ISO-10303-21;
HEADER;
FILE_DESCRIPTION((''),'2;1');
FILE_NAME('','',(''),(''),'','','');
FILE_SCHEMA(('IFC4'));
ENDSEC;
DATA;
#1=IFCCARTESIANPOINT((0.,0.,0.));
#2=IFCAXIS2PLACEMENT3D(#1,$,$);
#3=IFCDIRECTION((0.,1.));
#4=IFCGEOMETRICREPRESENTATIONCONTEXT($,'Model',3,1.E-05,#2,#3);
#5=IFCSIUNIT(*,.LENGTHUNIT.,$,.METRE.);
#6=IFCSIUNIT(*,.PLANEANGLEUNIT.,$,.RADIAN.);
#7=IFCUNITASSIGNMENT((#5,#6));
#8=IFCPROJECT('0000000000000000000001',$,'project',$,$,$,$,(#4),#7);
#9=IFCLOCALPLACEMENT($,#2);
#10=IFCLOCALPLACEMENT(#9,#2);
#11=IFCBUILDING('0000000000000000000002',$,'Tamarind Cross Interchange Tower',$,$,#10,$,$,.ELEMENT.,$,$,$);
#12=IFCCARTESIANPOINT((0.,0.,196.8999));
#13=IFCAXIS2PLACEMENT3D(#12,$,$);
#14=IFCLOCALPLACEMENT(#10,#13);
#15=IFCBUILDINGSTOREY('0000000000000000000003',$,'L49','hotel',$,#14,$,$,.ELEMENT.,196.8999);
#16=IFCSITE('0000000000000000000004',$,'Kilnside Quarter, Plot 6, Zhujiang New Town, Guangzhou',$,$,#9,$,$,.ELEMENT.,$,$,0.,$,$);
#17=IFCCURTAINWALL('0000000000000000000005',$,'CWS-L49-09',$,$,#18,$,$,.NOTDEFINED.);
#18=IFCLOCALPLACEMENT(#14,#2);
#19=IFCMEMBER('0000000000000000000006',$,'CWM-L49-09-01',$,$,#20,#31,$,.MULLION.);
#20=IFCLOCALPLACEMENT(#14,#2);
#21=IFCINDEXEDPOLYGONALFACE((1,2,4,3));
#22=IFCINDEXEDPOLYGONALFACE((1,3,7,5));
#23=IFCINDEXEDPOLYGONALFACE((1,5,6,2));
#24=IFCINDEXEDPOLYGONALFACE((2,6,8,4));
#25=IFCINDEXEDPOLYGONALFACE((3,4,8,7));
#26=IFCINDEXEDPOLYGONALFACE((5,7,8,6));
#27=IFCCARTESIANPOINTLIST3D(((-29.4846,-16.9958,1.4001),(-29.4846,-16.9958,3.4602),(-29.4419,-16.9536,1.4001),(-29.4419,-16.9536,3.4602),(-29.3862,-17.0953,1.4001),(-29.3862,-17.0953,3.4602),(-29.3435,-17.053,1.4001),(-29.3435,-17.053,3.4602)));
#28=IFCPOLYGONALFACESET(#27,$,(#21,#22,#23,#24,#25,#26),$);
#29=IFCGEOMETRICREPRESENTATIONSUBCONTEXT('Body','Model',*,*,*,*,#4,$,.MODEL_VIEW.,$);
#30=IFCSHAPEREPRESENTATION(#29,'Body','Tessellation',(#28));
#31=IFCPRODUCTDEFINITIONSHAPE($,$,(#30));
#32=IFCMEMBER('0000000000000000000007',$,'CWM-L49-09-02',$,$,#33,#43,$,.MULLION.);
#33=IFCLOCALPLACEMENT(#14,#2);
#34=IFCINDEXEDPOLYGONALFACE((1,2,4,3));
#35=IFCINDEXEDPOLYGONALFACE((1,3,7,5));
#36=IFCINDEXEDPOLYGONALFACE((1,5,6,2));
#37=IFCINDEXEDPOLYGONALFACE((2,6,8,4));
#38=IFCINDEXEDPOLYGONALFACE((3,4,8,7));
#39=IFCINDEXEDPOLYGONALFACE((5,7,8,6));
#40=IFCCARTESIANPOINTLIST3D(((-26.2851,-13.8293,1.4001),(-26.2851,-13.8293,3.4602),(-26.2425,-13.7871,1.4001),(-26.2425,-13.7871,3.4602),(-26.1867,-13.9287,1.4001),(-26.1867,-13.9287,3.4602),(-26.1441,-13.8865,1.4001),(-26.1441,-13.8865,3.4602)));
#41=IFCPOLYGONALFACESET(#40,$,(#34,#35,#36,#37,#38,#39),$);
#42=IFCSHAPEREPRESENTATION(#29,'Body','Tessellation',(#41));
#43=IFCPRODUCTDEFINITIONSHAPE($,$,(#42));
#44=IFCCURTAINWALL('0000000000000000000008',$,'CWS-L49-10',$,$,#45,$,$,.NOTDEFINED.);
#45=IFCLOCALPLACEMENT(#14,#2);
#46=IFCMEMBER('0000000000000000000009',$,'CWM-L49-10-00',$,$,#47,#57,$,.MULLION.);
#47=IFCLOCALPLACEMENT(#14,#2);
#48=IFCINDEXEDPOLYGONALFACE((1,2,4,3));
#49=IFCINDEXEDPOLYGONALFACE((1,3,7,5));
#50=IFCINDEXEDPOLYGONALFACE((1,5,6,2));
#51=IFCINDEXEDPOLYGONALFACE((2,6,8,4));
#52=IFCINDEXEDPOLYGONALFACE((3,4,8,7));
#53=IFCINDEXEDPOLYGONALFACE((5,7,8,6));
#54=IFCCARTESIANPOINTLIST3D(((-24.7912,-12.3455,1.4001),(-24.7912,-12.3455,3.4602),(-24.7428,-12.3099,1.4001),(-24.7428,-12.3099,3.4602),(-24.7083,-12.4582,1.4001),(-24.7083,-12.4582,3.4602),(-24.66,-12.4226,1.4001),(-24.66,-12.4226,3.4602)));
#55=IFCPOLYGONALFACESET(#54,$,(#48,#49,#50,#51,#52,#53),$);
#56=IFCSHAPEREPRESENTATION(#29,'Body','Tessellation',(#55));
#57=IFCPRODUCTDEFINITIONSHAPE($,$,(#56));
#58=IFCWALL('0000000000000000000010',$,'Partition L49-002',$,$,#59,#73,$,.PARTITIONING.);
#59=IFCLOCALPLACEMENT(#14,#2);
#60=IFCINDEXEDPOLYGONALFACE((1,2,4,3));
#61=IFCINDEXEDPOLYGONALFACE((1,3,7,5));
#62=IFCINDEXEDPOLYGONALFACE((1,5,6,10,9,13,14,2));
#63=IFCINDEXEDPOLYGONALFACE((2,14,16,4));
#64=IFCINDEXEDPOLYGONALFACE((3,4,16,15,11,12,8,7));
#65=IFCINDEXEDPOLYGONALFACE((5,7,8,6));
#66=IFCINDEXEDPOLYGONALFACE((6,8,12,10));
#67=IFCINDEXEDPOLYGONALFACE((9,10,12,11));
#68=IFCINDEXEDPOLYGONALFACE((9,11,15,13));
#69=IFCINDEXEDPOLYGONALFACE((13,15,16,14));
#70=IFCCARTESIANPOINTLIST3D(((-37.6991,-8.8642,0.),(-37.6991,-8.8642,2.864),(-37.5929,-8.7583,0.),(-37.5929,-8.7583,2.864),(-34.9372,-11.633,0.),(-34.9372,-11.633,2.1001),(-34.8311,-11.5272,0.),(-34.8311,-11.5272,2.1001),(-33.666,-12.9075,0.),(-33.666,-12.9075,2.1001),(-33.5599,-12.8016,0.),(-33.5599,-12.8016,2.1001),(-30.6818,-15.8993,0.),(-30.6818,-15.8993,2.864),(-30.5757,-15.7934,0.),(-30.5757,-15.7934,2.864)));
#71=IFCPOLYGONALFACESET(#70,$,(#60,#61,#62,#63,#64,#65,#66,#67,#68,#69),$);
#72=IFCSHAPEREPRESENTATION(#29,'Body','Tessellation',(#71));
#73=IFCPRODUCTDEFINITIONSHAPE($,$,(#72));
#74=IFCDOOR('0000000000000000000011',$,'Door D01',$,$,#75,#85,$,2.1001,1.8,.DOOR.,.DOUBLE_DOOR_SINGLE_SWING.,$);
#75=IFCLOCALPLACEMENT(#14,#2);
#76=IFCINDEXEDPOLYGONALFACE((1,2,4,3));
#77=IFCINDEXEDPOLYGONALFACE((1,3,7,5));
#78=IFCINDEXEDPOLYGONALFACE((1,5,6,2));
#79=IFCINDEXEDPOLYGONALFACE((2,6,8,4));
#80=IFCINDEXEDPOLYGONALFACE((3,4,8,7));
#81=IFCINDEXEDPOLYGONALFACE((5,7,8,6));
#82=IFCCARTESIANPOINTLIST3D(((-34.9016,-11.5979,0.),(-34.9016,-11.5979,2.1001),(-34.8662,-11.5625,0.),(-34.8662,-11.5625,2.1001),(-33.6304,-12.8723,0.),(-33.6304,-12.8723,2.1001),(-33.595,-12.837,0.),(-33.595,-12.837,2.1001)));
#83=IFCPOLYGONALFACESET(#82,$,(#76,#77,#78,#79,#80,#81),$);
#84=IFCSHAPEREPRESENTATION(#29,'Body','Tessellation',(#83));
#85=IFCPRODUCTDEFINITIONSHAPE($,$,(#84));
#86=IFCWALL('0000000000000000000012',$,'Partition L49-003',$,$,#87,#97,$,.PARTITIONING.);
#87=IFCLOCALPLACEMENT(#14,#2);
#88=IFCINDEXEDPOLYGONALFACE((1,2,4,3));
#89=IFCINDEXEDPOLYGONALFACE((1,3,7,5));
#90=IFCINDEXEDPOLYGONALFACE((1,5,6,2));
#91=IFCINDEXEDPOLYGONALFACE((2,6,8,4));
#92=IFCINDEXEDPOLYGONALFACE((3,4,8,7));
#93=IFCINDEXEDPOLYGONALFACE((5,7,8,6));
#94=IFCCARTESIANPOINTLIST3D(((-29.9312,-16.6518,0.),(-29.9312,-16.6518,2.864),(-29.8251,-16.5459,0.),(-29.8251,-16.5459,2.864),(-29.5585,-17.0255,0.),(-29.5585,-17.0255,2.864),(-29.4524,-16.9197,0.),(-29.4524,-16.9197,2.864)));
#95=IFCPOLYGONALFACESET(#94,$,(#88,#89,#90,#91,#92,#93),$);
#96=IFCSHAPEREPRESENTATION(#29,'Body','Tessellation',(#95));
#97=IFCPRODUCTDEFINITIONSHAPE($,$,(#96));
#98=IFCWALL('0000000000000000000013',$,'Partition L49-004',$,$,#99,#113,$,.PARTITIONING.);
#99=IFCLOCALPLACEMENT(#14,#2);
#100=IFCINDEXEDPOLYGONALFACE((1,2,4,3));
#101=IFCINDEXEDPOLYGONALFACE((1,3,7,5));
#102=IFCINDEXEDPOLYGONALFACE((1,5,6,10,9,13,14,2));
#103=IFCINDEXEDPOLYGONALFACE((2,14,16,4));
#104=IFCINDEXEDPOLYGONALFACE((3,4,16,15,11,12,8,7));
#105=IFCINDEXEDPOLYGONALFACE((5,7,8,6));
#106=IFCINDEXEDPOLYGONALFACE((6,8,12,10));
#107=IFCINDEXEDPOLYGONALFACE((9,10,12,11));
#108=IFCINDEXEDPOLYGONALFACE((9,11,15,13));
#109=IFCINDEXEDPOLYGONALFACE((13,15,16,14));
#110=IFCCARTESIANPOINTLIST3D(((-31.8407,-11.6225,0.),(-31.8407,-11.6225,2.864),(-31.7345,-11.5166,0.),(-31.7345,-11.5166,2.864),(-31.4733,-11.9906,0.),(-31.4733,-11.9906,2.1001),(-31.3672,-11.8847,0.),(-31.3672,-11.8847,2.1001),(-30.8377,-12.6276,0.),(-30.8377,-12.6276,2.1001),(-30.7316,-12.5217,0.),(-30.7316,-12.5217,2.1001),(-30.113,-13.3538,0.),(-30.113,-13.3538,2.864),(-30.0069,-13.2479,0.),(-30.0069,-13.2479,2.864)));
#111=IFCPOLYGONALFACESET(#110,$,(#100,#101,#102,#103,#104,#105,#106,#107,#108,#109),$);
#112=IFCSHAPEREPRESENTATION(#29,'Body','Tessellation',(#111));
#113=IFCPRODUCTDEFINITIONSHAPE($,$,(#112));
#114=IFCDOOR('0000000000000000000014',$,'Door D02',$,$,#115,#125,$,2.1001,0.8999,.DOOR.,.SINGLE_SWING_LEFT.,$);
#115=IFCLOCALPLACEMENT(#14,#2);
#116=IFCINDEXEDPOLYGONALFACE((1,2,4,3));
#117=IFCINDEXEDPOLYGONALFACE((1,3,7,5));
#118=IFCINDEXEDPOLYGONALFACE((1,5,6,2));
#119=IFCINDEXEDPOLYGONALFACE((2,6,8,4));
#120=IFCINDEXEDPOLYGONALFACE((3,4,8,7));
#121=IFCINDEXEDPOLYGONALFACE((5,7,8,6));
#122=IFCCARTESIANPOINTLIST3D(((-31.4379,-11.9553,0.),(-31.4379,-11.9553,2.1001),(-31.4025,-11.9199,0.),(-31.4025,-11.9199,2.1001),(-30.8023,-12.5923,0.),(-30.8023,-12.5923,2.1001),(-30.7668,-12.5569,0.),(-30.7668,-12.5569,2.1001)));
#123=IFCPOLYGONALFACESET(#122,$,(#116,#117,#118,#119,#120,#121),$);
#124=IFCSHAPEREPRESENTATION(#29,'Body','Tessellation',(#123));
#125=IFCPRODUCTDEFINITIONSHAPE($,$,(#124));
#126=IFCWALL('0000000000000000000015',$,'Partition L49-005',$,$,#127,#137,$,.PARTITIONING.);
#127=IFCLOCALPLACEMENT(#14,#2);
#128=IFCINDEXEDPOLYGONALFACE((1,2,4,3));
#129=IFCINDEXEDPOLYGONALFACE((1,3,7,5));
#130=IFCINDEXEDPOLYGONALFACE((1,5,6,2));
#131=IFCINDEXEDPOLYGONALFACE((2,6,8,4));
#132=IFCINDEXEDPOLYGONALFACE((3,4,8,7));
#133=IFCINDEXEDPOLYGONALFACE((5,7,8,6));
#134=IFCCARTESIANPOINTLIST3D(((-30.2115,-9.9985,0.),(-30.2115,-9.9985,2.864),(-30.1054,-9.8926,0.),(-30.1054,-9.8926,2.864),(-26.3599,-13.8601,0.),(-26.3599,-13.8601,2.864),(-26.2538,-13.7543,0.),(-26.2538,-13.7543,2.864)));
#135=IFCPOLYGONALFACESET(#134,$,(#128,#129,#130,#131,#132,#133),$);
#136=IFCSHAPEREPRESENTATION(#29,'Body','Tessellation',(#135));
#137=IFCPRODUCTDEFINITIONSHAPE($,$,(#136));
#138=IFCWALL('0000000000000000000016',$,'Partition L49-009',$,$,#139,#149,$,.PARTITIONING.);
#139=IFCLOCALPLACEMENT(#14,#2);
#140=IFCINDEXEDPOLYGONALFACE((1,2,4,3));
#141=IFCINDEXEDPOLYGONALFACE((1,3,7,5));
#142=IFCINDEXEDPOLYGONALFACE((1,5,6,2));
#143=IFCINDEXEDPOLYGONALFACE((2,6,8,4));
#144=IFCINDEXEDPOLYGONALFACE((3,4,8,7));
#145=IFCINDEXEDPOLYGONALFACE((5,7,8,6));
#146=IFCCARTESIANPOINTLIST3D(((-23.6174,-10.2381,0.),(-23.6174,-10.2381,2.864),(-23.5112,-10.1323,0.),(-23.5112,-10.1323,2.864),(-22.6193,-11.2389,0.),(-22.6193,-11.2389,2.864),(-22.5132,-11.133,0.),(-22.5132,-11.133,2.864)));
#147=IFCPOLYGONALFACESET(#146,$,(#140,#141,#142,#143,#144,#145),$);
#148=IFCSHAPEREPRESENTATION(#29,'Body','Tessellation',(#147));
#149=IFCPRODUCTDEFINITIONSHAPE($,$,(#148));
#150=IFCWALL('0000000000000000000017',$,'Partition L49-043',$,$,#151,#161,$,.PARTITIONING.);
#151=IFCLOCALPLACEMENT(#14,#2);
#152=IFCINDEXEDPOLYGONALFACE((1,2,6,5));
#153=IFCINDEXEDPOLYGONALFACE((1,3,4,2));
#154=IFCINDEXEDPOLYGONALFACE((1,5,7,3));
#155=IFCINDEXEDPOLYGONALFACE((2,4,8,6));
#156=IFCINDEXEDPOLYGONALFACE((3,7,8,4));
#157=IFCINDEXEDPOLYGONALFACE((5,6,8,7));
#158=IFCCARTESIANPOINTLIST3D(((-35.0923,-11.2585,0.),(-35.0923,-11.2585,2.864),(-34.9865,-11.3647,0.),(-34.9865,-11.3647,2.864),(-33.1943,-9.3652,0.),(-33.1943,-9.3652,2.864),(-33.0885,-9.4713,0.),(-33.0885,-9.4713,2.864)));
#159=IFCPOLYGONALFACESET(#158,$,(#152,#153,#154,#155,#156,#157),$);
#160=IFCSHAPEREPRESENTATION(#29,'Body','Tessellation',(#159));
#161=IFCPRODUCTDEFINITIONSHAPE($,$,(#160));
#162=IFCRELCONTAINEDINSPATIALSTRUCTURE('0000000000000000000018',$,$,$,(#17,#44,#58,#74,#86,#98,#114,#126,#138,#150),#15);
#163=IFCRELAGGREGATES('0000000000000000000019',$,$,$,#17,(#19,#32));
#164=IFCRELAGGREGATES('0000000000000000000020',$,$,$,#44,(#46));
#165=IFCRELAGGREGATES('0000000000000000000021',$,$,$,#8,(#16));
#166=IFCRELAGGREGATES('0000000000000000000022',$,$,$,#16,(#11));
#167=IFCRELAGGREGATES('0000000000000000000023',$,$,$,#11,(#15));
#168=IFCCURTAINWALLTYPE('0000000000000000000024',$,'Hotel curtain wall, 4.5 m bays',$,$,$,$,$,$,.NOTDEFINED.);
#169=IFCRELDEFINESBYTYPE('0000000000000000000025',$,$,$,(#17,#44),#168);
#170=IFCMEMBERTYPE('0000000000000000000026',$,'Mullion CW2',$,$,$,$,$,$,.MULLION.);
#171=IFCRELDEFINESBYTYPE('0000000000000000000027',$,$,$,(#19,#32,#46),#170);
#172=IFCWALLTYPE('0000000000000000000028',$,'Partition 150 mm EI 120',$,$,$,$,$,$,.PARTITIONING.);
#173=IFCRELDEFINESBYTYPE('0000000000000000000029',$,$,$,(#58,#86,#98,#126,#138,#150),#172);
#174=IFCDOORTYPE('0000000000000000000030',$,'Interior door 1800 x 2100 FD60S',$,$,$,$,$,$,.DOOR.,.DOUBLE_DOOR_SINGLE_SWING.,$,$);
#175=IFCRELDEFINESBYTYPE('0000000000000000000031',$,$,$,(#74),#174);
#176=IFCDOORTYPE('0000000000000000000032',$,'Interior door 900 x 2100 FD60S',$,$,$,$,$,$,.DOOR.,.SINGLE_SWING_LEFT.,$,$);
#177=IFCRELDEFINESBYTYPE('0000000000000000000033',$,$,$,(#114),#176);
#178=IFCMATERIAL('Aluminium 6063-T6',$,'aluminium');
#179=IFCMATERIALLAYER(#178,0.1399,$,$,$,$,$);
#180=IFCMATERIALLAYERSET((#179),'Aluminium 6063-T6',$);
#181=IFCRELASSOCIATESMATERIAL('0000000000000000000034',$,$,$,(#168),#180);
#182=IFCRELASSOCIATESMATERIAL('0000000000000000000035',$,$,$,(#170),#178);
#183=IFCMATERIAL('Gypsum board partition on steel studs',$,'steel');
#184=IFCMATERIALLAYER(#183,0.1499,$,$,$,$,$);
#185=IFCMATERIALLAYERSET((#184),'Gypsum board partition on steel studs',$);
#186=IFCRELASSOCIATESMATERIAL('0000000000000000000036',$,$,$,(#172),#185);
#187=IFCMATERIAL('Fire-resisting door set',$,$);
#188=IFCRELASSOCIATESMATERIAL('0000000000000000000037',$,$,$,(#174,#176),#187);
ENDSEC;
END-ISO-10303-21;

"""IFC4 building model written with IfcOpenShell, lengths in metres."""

from ifc_helpers import new_model, si_unit, direction, frame, frame_2d, origin, origin_2d, place, context, subcontext, project, spatial, rectangle, extrude, material, layer, layer_set, material_profile, profile_set, type_object, element, fill, aggregate, save


model = new_model("IFC4")

# Units and contexts
model_context = context("Model", 3, precision=1e-05, world=origin(), true_north=direction((0.0, 1.0)))
body_context = subcontext(model_context, "Body", "Model", "MODEL_VIEW")
ifc_project = project(units=[si_unit("LENGTHUNIT", "METRE"), si_unit("PLANEANGLEUNIT", "RADIAN")], contexts=[model_context])

# Site, building, storey
site_placement = place(None, origin())
site = spatial("IfcSite", under=ifc_project, at=site_placement, Name="Kilnside Quarter, Plot 6, Zhujiang New Town, Guangzhou", CompositionType="ELEMENT", RefElevation=0.0)
building_placement = place(site_placement, origin())
building = spatial("IfcBuilding", under=site, at=building_placement, Name="Tamarind Cross Interchange Tower", CompositionType="ELEMENT")
storey_placement = place(building_placement, frame((0.0, 0.0, 196.8999)))
storey = spatial("IfcBuildingStorey", under=building, at=storey_placement, Name="L49", Description="hotel", CompositionType="ELEMENT", Elevation=196.8999)

# Curtain wall, members
ifc_material_1 = material(Name="Aluminium 6063-T6", Category="aluminium")
ifc_layer_1 = layer(ifc_material_1, 0.1399)
ifc_layer_set_1 = layer_set([ifc_layer_1], Name="Aluminium 6063-T6")
curtain_wall_type = type_object("IfcCurtainWallType", Name="Hotel curtain wall, 4.5 m bays", PredefinedType="NOTDEFINED", material=ifc_layer_set_1)
ifc_material_profile_1 = material_profile(ifc_material_1, rectangle(XDim=0.0601, YDim=0.1399, at=origin_2d()), Name="Mullion CW2")
ifc_profile_set_1 = profile_set([ifc_material_profile_1], Name="Aluminium 6063-T6")
member_type = type_object("IfcMemberType", Name="Mullion CW2", PredefinedType="MULLION", material=ifc_profile_set_1)
curtain_wall_1_placement = place(storey_placement, origin())
curtain_wall_1 = element("IfcCurtainWall", 1, at=curtain_wall_1_placement, inside=storey, type_object=curtain_wall_type, Name="CWS-L49-09", PredefinedType="NOTDEFINED")
member_1_placement = place(storey_placement, frame((-29.4141, -17.0244, 1.4001), z_axis=(0.0, 0.0, 1.0), x_axis=(0.710751, 0.703444, 0.0)))
member_1 = element("IfcMember", 2, at=member_1_placement, type_object=member_type, Name="CWM-L49-09-01", PredefinedType="MULLION", context=body_context, shape_type="SweptSolid", body=[
    extrude(rectangle(XDim=0.0601, YDim=0.1399, at=origin_2d()), origin(), (0.0, 0.0, 1.0), 2.0601),
])
member_2_placement = place(storey_placement, frame((-26.2146, -13.8579, 1.4001), z_axis=(0.0, 0.0, 1.0), x_axis=(0.710751, 0.703444, 0.0)))
member_2 = element("IfcMember", 3, at=member_2_placement, type_object=member_type, Name="CWM-L49-09-02", PredefinedType="MULLION", context=body_context, shape_type="SweptSolid", body=[
    extrude(rectangle(XDim=0.0601, YDim=0.1399, at=origin_2d()), origin(), (0.0, 0.0, 1.0), 2.0601),
])
aggregate(curtain_wall_1, [member_1, member_2])

# Curtain wall, member
curtain_wall_2_placement = place(storey_placement, origin())
curtain_wall_2 = element("IfcCurtainWall", 4, at=curtain_wall_2_placement, inside=storey, type_object=curtain_wall_type, Name="CWS-L49-10", PredefinedType="NOTDEFINED")
member_3_placement = place(storey_placement, frame((-24.7256, -12.384, 1.4001), z_axis=(0.0, 0.0, 1.0), x_axis=(0.805572, 0.592498, 0.0)))
member_3 = element("IfcMember", 5, at=member_3_placement, type_object=member_type, Name="CWM-L49-10-00", PredefinedType="MULLION", context=body_context, shape_type="SweptSolid", body=[
    extrude(rectangle(XDim=0.0601, YDim=0.1399, at=origin_2d()), origin(), (0.0, 0.0, 1.0), 2.0601),
])
aggregate(curtain_wall_2, [member_3])

# Wall, opening, door
ifc_material_2 = material(Name="Gypsum board partition on steel studs", Category="steel")
ifc_layer_2 = layer(ifc_material_2, 0.1499)
ifc_layer_set_2 = layer_set([ifc_layer_2], Name="Gypsum board partition on steel studs")
wall_type = type_object("IfcWallType", Name="Partition 150 mm EI 120", PredefinedType="PARTITIONING", material=ifc_layer_set_2)
wall_1_placement = place(storey_placement, frame((-37.646, -8.8113, 0.0), z_axis=(0.0, 0.0, 1.0), x_axis=(0.706209, -0.708003, 0.0)))
wall_1 = element("IfcWall", 6, at=wall_1_placement, inside=storey, type_object=wall_type, Name="Partition L49-002", PredefinedType="PARTITIONING", context=body_context, shape_type="SweptSolid", body=[
    extrude(rectangle(XDim=9.9365, YDim=0.1499, at=frame_2d((4.9683, 0.0))), origin(), (0.0, 0.0, 1.0), 2.864),
])
opening_1_placement = place(wall_1_placement, frame((3.9109, 0.0, 0.0)))
opening_1 = element("IfcOpeningElement", 7, at=opening_1_placement, cuts=wall_1, PredefinedType="OPENING", context=body_context, shape_type="SweptSolid", body=[
    extrude(rectangle(XDim=1.8, YDim=2.1001, at=frame_2d((0.8999, 1.05))), frame((0.0, 0.085, 0.0), z_axis=(0.0, -1.0, 0.0), x_axis=(1.0, 0.0, 0.0)), (0.0, 0.0, 1.0), 0.1699),
])
ifc_material_3 = material(Name="Fire-resisting door set")
door_type_1 = type_object("IfcDoorType", Name="Interior door 1800 x 2100 FD60S", OperationType="DOUBLE_DOOR_SINGLE_SWING", PredefinedType="DOOR", material=ifc_material_3)
door_1_placement = place(opening_1_placement, frame((1.8, 0.0, 0.0), z_axis=(0.0, 0.0, 1.0), x_axis=(-1.0, 0.0, 0.0)))
door_1 = element("IfcDoor", 8, at=door_1_placement, inside=storey, type_object=door_type_1, Name="Door D01", OperationType="DOUBLE_DOOR_SINGLE_SWING", OverallHeight=2.1001, OverallWidth=1.8, PredefinedType="DOOR", context=body_context, shape_type="SweptSolid", body=[
    extrude(rectangle(XDim=1.8, YDim=2.1001, at=frame_2d((0.8999, 1.05))), frame((0.0, 0.0249, 0.0), z_axis=(0.0, -1.0, 0.0), x_axis=(1.0, 0.0, 0.0)), (0.0, 0.0, 1.0), 0.05),
])
fill(opening_1, door_1)

# Wall
wall_2_placement = place(storey_placement, frame((-29.8782, -16.5989, 0.0), z_axis=(0.0, 0.0, 1.0), x_axis=(0.706181, -0.708031, 0.0)))
element("IfcWall", 9, at=wall_2_placement, inside=storey, type_object=wall_type, Name="Partition L49-003", PredefinedType="PARTITIONING", context=body_context, shape_type="SweptSolid", body=[
    extrude(rectangle(XDim=0.5278, YDim=0.1499, at=frame_2d((0.2639, 0.0))), origin(), (0.0, 0.0, 1.0), 2.864),
])

# Wall, opening, door
wall_3_placement = place(storey_placement, frame((-31.7876, -11.5696, 0.0), z_axis=(0.0, 0.0, 1.0), x_axis=(0.706358, -0.707855, 0.0)))
wall_3 = element("IfcWall", 10, at=wall_3_placement, inside=storey, type_object=wall_type, Name="Partition L49-004", PredefinedType="PARTITIONING", context=body_context, shape_type="SweptSolid", body=[
    extrude(rectangle(XDim=2.4458, YDim=0.1499, at=frame_2d((1.2229, 0.0))), origin(), (0.0, 0.0, 1.0), 2.864),
])
opening_2_placement = place(wall_3_placement, frame((0.52, 0.0, 0.0)))
opening_2 = element("IfcOpeningElement", 11, at=opening_2_placement, cuts=wall_3, PredefinedType="OPENING", context=body_context, shape_type="SweptSolid", body=[
    extrude(rectangle(XDim=0.8999, YDim=2.1001, at=frame_2d((0.45, 1.05))), frame((0.0, 0.085, 0.0), z_axis=(0.0, -1.0, 0.0), x_axis=(1.0, 0.0, 0.0)), (0.0, 0.0, 1.0), 0.1699),
])
door_type_2 = type_object("IfcDoorType", Name="Interior door 900 x 2100 FD60S", OperationType="SINGLE_SWING_LEFT", PredefinedType="DOOR", material=ifc_material_3)
door_2_placement = place(opening_2_placement, frame((0.8999, 0.0, 0.0), z_axis=(0.0, 0.0, 1.0), x_axis=(-1.0, 0.0, 0.0)))
door_2 = element("IfcDoor", 12, at=door_2_placement, inside=storey, type_object=door_type_2, Name="Door D02", OperationType="SINGLE_SWING_LEFT", OverallHeight=2.1001, OverallWidth=0.8999, PredefinedType="DOOR", context=body_context, shape_type="SweptSolid", body=[
    extrude(rectangle(XDim=0.8999, YDim=2.1001, at=frame_2d((0.45, 1.05))), frame((0.0, 0.0249, 0.0), z_axis=(0.0, -1.0, 0.0), x_axis=(1.0, 0.0, 0.0)), (0.0, 0.0, 1.0), 0.05),
])
fill(opening_2, door_2)

# Walls
wall_4_placement = place(storey_placement, frame((-30.1584, -9.9456, 0.0), z_axis=(0.0, 0.0, 1.0), x_axis=(0.706189, -0.708024, 0.0)))
element("IfcWall", 13, at=wall_4_placement, inside=storey, type_object=wall_type, Name="Partition L49-005", PredefinedType="PARTITIONING", context=body_context, shape_type="SweptSolid", body=[
    extrude(rectangle(XDim=5.4541, YDim=0.1499, at=frame_2d((2.7271, 0.0))), origin(), (0.0, 0.0, 1.0), 2.864),
])
wall_5_placement = place(storey_placement, frame((-23.5642, -10.1853, 0.0), z_axis=(0.0, 0.0, 1.0), x_axis=(0.706156, -0.708056, 0.0)))
element("IfcWall", 14, at=wall_5_placement, inside=storey, type_object=wall_type, Name="Partition L49-009", PredefinedType="PARTITIONING", context=body_context, shape_type="SweptSolid", body=[
    extrude(rectangle(XDim=1.4133, YDim=0.1499, at=frame_2d((0.7065, 0.0))), origin(), (0.0, 0.0, 1.0), 2.864),
])
wall_6_placement = place(storey_placement, frame((-35.0393, -11.3115, 0.0), z_axis=(0.0, 0.0, 1.0), x_axis=(0.707971, 0.706241, 0.0)))
element("IfcWall", 15, at=wall_6_placement, inside=storey, type_object=wall_type, Name="Partition L49-043", PredefinedType="PARTITIONING", context=body_context, shape_type="SweptSolid", body=[
    extrude(rectangle(XDim=2.6809, YDim=0.1499, at=frame_2d((1.3403, 0.0))), origin(), (0.0, 0.0, 1.0), 2.864),
])

save(model, "model.ifc")
